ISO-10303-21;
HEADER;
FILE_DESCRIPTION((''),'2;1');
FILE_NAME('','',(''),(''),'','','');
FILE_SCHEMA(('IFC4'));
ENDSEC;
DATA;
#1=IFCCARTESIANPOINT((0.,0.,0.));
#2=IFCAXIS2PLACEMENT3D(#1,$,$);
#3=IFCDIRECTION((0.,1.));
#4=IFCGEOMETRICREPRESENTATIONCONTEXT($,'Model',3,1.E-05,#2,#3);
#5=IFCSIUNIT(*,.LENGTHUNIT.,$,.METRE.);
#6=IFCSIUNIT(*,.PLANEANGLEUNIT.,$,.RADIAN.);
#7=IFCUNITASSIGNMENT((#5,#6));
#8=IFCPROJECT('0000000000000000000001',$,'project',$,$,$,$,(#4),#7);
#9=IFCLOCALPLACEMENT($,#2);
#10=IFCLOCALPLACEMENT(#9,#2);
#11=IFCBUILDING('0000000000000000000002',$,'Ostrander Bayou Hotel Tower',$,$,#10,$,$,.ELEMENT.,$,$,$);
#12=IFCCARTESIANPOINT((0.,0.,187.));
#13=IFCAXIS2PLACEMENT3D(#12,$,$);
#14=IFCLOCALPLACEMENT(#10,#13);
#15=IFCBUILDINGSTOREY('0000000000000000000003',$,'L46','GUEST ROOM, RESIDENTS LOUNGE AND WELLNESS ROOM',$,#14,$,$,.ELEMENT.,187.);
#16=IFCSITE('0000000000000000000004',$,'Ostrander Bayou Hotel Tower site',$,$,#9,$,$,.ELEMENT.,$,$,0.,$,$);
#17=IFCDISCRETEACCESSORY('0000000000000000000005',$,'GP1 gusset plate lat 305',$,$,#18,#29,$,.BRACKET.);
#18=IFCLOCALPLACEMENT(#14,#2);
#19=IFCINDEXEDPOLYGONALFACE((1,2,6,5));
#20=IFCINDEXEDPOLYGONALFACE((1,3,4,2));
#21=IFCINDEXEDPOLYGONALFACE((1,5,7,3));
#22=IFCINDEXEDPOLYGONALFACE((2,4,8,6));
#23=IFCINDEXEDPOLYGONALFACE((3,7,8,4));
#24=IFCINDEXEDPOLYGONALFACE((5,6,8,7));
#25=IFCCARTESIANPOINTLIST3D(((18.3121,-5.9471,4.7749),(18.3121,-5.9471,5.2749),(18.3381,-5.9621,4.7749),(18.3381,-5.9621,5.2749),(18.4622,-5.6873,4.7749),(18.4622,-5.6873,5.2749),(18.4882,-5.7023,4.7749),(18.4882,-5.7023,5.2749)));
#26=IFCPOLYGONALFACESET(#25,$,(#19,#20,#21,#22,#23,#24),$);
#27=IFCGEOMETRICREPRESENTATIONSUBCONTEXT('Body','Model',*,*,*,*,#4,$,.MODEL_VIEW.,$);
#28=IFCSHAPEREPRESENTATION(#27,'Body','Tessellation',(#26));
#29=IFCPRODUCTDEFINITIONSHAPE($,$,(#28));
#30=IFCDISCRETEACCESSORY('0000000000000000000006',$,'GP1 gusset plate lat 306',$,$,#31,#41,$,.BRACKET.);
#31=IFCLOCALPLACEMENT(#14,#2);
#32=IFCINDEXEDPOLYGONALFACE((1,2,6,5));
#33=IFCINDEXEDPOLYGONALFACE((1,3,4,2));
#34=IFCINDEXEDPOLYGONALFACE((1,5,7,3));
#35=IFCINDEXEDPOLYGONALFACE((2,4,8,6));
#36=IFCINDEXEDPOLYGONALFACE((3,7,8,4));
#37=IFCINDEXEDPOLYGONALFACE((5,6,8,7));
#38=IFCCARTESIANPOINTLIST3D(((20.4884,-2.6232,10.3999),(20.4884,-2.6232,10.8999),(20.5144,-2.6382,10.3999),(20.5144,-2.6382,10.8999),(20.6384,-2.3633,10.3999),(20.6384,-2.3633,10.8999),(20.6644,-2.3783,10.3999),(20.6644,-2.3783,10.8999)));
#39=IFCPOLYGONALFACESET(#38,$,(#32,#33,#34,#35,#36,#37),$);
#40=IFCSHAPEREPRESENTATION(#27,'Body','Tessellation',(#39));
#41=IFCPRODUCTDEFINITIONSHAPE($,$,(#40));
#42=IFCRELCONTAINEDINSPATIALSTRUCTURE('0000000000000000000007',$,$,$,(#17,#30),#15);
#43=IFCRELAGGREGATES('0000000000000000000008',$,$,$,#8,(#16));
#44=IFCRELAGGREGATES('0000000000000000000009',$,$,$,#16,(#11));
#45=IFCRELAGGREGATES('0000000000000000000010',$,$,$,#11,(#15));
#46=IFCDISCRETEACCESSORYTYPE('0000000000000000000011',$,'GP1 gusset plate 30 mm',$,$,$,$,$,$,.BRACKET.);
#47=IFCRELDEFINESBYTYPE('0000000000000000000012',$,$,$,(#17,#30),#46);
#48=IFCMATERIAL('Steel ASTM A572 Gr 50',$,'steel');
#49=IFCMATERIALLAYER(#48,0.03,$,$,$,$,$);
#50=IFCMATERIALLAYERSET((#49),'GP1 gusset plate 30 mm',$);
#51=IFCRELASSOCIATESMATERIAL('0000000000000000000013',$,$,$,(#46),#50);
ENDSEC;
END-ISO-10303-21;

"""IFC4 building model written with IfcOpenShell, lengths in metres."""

from ifc_helpers import new_model, si_unit, direction, frame, origin, origin_2d, place, context, subcontext, project, spatial, rectangle, extrude, material, layer, layer_set, type_object, element, save


model = new_model("IFC4")

# Units and contexts
model_context = context("Model", 3, precision=1e-05, world=origin(), true_north=direction((0.0, 1.0)))
body_context = subcontext(model_context, "Body", "Model", "MODEL_VIEW")
ifc_project = project(units=[si_unit("LENGTHUNIT", "METRE"), si_unit("PLANEANGLEUNIT", "RADIAN")], contexts=[model_context])

# Site, building, storey
site_placement = place(None, origin())
site = spatial("IfcSite", under=ifc_project, at=site_placement, Name="Ostrander Bayou Hotel Tower site", CompositionType="ELEMENT", RefElevation=0.0)
building_placement = place(site_placement, origin())
building = spatial("IfcBuilding", under=site, at=building_placement, Name="Ostrander Bayou Hotel Tower", CompositionType="ELEMENT")
storey_placement = place(building_placement, frame((0.0, 0.0, 187.0)))
storey = spatial("IfcBuildingStorey", under=building, at=storey_placement, Name="L46", Description="GUEST ROOM, RESIDENTS LOUNGE AND WELLNESS ROOM", CompositionType="ELEMENT", Elevation=187.0)

# Discrete accessories
ifc_material_1 = material(Name="Steel ASTM A572 Gr 50", Category="steel")
ifc_layer_1 = layer(ifc_material_1, 0.03)
ifc_layer_set_1 = layer_set([ifc_layer_1], Name="GP1 gusset plate 30 mm")
discrete_accessory_type = type_object("IfcDiscreteAccessoryType", Name="GP1 gusset plate 30 mm", PredefinedType="BRACKET", material=ifc_layer_set_1)
for number, where, z_axis, x_axis, name in (
    (1, (18.4001, -5.8247, 4.7749), (0.0, 0.0, 1.0), (0.5, 0.866025, 0.0), "GP1 gusset plate lat 305"),
    (2, (20.5764, -2.5007, 10.3999), (0.0, 0.0, 1.0), (0.5, 0.866025, 0.0), "GP1 gusset plate lat 306"),
):
    element("IfcDiscreteAccessory", number, at=place(storey_placement, frame(where, z_axis=z_axis, x_axis=x_axis)), inside=storey, type_object=discrete_accessory_type, Name=name, PredefinedType="BRACKET", context=body_context, shape_type="SweptSolid", body=[
        extrude(rectangle(XDim=0.3, YDim=0.03, at=origin_2d()), origin(), (0.0, 0.0, 1.0), 0.5),
    ])

save(model, "model.ifc")
